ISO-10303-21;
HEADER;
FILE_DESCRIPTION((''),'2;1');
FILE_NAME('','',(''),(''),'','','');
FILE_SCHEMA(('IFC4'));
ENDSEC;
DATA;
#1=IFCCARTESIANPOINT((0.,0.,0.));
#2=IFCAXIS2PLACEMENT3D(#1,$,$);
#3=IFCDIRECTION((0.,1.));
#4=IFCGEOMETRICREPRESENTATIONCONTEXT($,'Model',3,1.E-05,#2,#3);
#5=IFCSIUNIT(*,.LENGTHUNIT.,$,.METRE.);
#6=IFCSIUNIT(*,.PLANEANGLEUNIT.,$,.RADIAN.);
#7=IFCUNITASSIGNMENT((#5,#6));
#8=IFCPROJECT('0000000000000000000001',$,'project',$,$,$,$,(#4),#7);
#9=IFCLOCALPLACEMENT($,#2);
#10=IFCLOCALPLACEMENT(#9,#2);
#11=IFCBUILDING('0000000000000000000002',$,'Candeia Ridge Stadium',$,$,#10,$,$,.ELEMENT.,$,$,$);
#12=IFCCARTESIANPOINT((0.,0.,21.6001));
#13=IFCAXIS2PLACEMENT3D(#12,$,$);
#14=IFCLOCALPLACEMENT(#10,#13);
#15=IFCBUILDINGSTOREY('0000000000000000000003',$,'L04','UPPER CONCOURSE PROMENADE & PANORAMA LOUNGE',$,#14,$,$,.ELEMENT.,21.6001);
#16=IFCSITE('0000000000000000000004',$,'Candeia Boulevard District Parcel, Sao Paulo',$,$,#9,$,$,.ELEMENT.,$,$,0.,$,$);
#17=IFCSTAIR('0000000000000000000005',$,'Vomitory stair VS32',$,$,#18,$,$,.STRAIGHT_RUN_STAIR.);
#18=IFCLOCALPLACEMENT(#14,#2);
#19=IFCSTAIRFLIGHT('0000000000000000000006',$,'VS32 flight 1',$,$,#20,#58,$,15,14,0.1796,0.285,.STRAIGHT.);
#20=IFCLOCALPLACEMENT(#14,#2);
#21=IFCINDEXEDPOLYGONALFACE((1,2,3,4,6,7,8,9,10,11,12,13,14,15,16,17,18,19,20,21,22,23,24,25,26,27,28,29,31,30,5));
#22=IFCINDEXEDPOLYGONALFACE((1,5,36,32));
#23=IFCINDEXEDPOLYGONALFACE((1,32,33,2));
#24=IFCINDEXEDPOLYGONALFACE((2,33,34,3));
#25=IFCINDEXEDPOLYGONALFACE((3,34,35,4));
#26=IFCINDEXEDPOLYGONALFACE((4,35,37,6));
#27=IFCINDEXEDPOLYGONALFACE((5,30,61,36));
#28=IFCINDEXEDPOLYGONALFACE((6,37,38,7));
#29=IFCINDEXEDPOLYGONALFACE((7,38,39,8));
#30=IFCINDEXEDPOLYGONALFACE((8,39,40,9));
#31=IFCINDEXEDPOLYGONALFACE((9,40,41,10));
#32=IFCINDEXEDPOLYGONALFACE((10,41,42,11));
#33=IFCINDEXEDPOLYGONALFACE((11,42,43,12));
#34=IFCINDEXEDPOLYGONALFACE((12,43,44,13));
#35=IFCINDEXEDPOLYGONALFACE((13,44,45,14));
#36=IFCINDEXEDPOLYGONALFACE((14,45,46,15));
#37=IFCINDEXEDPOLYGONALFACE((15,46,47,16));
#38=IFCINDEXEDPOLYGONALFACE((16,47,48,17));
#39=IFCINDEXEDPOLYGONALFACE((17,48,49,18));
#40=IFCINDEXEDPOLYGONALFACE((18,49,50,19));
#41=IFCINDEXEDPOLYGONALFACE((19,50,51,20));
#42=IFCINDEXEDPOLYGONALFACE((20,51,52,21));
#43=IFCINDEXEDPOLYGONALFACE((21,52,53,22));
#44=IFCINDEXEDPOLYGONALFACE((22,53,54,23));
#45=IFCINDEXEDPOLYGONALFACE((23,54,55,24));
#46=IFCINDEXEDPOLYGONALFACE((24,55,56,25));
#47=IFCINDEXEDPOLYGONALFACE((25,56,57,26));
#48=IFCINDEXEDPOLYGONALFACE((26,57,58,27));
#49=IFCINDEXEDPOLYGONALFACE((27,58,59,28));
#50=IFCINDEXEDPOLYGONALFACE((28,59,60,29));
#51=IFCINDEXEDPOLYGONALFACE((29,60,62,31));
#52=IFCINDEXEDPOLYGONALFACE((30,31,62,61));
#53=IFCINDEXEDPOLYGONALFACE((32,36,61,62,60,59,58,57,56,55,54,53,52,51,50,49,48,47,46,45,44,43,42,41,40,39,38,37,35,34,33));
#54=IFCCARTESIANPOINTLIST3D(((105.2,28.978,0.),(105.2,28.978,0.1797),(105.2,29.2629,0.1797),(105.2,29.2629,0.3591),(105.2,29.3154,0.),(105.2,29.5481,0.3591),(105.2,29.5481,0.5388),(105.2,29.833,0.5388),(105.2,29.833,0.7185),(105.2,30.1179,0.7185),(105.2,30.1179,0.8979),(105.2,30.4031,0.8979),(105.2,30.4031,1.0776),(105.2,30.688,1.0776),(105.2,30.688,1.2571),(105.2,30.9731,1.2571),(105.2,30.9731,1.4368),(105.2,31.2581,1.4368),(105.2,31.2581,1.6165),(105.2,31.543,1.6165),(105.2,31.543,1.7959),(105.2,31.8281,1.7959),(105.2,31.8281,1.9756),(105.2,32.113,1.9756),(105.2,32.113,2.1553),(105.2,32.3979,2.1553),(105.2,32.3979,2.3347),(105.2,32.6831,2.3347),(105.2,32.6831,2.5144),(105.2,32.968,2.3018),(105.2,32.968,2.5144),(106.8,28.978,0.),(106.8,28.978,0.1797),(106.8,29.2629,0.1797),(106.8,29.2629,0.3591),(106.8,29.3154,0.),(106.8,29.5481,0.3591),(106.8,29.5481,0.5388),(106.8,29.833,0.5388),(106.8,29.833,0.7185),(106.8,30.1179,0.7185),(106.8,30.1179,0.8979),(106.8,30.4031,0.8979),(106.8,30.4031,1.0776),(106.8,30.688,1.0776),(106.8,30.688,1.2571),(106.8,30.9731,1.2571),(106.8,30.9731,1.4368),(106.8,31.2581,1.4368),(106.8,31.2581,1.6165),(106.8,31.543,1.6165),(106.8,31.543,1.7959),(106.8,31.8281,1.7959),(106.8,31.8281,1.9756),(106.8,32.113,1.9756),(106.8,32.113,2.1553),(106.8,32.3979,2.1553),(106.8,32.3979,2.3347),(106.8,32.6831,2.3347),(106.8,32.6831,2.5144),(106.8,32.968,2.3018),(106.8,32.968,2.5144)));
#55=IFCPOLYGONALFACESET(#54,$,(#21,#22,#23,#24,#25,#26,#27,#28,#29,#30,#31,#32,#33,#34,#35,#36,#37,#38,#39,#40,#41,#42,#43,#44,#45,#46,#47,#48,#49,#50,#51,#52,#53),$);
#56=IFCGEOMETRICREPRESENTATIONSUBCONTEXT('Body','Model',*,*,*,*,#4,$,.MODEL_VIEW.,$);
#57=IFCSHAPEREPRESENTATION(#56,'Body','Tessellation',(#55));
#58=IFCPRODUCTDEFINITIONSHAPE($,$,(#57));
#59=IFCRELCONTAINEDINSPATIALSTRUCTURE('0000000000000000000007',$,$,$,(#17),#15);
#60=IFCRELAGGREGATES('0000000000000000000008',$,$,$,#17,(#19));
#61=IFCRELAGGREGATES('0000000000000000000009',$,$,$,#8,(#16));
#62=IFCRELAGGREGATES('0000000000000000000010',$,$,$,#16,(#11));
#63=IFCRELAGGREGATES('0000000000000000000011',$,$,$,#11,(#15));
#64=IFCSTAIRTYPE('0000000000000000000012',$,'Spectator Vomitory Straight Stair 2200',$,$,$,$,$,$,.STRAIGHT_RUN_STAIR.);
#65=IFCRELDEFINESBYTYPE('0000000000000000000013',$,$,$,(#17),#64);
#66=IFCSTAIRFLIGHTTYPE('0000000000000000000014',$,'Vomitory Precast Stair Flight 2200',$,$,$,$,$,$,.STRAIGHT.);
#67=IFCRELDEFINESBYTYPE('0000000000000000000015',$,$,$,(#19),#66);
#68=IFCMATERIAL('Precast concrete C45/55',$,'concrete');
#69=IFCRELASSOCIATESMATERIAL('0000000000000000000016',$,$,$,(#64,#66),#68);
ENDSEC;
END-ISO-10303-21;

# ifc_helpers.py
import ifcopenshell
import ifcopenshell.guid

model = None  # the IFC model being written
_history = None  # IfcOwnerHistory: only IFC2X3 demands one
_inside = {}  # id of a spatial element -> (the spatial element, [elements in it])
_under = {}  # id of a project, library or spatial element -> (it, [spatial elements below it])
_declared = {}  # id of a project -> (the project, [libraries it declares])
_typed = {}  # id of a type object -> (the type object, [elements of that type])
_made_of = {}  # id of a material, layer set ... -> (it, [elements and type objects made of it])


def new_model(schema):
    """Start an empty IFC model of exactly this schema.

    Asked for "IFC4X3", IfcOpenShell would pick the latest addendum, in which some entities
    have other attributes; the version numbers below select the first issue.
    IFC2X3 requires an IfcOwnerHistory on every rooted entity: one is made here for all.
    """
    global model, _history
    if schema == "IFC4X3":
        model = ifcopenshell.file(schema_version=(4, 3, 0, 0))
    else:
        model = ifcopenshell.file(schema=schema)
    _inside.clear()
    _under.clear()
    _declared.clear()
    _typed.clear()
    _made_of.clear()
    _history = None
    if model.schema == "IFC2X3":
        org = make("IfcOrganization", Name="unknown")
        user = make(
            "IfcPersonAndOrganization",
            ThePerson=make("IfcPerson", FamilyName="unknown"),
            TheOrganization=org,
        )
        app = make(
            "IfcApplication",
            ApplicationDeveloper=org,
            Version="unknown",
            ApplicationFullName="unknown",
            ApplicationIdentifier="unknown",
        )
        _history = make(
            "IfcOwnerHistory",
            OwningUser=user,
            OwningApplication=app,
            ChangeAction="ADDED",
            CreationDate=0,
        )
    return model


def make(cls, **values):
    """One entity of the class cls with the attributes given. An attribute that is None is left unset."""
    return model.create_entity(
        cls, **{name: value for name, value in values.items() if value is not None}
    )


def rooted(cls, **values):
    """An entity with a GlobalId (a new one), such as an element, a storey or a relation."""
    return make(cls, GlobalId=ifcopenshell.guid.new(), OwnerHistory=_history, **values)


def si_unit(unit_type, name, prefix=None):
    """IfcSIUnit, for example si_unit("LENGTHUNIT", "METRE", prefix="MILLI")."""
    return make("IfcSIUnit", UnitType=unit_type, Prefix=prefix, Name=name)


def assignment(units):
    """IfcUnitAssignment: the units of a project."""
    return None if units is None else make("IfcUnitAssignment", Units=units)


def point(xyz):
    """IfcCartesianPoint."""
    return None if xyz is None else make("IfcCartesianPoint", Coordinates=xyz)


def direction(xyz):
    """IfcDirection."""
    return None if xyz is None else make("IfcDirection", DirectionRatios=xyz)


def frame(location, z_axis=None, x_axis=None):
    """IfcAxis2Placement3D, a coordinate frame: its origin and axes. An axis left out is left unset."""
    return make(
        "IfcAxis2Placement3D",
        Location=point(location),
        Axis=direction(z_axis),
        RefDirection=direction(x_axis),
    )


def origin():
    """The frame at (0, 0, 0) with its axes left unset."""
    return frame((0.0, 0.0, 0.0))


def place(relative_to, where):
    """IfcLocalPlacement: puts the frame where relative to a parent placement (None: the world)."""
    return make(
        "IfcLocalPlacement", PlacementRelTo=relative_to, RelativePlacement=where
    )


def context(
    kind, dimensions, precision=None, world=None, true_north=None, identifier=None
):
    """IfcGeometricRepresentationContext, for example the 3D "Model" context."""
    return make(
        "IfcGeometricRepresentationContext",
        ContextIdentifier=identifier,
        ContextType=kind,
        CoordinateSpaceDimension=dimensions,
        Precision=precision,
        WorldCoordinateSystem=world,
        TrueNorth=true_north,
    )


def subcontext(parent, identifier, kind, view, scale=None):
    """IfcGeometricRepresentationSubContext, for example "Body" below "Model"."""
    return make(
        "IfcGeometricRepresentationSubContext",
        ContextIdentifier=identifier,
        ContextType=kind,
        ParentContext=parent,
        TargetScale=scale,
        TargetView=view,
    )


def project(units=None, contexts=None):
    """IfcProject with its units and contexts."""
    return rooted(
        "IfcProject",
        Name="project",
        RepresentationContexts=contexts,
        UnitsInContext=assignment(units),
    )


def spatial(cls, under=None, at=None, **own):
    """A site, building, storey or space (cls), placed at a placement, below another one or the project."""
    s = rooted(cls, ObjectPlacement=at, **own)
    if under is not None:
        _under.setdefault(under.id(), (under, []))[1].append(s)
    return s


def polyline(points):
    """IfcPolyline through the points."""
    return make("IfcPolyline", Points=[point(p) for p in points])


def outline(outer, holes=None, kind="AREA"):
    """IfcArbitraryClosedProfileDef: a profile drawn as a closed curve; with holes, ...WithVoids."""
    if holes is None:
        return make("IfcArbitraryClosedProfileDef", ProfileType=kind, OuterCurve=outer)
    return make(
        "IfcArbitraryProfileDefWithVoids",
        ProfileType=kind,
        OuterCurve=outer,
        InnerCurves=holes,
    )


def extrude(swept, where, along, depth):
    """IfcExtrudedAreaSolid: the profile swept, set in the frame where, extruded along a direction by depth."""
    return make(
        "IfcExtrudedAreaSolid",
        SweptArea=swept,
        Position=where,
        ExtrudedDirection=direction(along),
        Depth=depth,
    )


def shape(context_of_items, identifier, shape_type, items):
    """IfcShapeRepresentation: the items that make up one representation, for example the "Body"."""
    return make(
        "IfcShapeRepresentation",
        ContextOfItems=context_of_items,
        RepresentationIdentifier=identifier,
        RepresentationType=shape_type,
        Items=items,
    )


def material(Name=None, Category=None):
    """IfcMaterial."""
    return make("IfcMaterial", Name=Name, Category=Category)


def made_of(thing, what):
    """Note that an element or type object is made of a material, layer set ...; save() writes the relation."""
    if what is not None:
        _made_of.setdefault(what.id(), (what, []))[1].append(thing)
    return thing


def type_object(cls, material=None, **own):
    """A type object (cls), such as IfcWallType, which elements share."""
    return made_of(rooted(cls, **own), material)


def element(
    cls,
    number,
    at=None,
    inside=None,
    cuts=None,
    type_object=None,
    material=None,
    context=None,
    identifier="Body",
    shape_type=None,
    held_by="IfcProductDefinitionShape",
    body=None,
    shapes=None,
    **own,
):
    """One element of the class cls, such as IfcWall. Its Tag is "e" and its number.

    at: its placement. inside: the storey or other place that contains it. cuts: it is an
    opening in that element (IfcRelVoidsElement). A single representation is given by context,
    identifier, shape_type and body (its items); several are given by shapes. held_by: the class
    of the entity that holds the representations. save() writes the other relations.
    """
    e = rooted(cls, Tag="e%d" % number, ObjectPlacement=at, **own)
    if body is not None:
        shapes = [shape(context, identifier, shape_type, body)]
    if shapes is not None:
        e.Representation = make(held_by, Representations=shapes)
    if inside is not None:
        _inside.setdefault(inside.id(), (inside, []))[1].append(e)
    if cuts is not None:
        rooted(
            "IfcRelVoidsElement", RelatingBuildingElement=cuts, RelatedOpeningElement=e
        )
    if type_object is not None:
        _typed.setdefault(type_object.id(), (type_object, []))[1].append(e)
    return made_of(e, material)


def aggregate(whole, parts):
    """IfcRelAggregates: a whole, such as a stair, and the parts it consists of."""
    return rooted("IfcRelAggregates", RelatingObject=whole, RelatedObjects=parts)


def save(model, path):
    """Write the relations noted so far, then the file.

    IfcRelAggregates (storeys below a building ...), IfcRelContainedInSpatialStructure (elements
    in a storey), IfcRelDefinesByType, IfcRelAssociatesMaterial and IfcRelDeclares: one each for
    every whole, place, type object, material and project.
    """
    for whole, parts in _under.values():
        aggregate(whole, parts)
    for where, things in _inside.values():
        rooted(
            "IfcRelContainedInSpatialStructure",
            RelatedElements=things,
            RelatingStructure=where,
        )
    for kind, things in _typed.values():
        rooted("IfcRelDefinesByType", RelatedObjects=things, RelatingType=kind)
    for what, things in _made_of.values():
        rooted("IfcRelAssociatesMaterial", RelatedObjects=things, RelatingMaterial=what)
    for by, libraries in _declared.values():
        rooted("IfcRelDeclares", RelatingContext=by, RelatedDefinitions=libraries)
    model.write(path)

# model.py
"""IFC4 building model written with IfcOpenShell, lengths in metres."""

from ifc_helpers import new_model, si_unit, direction, frame, origin, place, context, subcontext, project, spatial, polyline, outline, extrude, material, type_object, element, aggregate, save


model = new_model("IFC4")

# Units and contexts
model_context = context("Model", 3, precision=1e-05, world=origin(), true_north=direction((0.0, 1.0)))
body_context = subcontext(model_context, "Body", "Model", "MODEL_VIEW")
ifc_project = project(units=[si_unit("LENGTHUNIT", "METRE"), si_unit("PLANEANGLEUNIT", "RADIAN")], contexts=[model_context])

# Site, building, storey
site_placement = place(None, origin())
site = spatial("IfcSite", under=ifc_project, at=site_placement, Name="Candeia Boulevard District Parcel, Sao Paulo", CompositionType="ELEMENT", RefElevation=0.0)
building_placement = place(site_placement, origin())
building = spatial("IfcBuilding", under=site, at=building_placement, Name="Candeia Ridge Stadium", CompositionType="ELEMENT")
storey_placement = place(building_placement, frame((0.0, 0.0, 21.6001)))
storey = spatial("IfcBuildingStorey", under=building, at=storey_placement, Name="L04", Description="UPPER CONCOURSE PROMENADE & PANORAMA LOUNGE", CompositionType="ELEMENT", Elevation=21.6001)

# Shared definitions
ifc_material_1 = material(Name="Precast concrete C45/55", Category="concrete")

# Stair, stair flight
stair_type = type_object("IfcStairType", Name="Spectator Vomitory Straight Stair 2200", PredefinedType="STRAIGHT_RUN_STAIR", material=ifc_material_1)
stair_placement = place(storey_placement, origin())
stair = element("IfcStair", 1, at=stair_placement, inside=storey, type_object=stair_type, Name="Vomitory stair VS32", PredefinedType="STRAIGHT_RUN_STAIR")
stair_flight_type = type_object("IfcStairFlightType", Name="Vomitory Precast Stair Flight 2200", PredefinedType="STRAIGHT", material=ifc_material_1)
stair_flight_placement = place(storey_placement, frame((106.0, 28.978, 0.0), z_axis=(0.0, 0.0, 1.0), x_axis=(0.0, 1.0, 0.0)))
stair_flight = element("IfcStairFlight", 2, at=stair_flight_placement, type_object=stair_flight_type, Name="VS32 flight 1", NumberOfRisers=15, NumberOfTreads=14, PredefinedType="STRAIGHT", RiserHeight=0.1796, TreadLength=0.285, context=body_context, shape_type="SweptSolid", body=[
    extrude(outline(polyline([(0.0, 0.0), (0.0, 0.1797), (0.2849, 0.1797), (0.2849, 0.3591), (0.5701, 0.3591), (0.5701, 0.5388), (0.855, 0.5388), (0.855, 0.7185), (1.1399, 0.7185), (1.1399, 0.8979), (1.425, 0.8979), (1.425, 1.0776), (1.71, 1.0776), (1.71, 1.2571), (1.9951, 1.2571), (1.9951, 1.4368), (2.28, 1.4368), (2.28, 1.6165), (2.5649, 1.6165), (2.5649, 1.7959), (2.8501, 1.7959), (2.8501, 1.9756), (3.135, 1.9756), (3.135, 2.1553), (3.4199, 2.1553), (3.4199, 2.3347), (3.7051, 2.3347), (3.7051, 2.5144), (3.99, 2.5144), (3.99, 2.6941), (3.99, 2.3018), (0.3374, 0.0), (0.0, 0.0)])), frame((0.0, 0.8, 0.0), z_axis=(0.0, -1.0, 0.0), x_axis=(1.0, 0.0, 0.0)), (0.0, 0.0, 1.0), 1.6001),
])
aggregate(stair, [stair_flight])

save(model, "model.ifc")
